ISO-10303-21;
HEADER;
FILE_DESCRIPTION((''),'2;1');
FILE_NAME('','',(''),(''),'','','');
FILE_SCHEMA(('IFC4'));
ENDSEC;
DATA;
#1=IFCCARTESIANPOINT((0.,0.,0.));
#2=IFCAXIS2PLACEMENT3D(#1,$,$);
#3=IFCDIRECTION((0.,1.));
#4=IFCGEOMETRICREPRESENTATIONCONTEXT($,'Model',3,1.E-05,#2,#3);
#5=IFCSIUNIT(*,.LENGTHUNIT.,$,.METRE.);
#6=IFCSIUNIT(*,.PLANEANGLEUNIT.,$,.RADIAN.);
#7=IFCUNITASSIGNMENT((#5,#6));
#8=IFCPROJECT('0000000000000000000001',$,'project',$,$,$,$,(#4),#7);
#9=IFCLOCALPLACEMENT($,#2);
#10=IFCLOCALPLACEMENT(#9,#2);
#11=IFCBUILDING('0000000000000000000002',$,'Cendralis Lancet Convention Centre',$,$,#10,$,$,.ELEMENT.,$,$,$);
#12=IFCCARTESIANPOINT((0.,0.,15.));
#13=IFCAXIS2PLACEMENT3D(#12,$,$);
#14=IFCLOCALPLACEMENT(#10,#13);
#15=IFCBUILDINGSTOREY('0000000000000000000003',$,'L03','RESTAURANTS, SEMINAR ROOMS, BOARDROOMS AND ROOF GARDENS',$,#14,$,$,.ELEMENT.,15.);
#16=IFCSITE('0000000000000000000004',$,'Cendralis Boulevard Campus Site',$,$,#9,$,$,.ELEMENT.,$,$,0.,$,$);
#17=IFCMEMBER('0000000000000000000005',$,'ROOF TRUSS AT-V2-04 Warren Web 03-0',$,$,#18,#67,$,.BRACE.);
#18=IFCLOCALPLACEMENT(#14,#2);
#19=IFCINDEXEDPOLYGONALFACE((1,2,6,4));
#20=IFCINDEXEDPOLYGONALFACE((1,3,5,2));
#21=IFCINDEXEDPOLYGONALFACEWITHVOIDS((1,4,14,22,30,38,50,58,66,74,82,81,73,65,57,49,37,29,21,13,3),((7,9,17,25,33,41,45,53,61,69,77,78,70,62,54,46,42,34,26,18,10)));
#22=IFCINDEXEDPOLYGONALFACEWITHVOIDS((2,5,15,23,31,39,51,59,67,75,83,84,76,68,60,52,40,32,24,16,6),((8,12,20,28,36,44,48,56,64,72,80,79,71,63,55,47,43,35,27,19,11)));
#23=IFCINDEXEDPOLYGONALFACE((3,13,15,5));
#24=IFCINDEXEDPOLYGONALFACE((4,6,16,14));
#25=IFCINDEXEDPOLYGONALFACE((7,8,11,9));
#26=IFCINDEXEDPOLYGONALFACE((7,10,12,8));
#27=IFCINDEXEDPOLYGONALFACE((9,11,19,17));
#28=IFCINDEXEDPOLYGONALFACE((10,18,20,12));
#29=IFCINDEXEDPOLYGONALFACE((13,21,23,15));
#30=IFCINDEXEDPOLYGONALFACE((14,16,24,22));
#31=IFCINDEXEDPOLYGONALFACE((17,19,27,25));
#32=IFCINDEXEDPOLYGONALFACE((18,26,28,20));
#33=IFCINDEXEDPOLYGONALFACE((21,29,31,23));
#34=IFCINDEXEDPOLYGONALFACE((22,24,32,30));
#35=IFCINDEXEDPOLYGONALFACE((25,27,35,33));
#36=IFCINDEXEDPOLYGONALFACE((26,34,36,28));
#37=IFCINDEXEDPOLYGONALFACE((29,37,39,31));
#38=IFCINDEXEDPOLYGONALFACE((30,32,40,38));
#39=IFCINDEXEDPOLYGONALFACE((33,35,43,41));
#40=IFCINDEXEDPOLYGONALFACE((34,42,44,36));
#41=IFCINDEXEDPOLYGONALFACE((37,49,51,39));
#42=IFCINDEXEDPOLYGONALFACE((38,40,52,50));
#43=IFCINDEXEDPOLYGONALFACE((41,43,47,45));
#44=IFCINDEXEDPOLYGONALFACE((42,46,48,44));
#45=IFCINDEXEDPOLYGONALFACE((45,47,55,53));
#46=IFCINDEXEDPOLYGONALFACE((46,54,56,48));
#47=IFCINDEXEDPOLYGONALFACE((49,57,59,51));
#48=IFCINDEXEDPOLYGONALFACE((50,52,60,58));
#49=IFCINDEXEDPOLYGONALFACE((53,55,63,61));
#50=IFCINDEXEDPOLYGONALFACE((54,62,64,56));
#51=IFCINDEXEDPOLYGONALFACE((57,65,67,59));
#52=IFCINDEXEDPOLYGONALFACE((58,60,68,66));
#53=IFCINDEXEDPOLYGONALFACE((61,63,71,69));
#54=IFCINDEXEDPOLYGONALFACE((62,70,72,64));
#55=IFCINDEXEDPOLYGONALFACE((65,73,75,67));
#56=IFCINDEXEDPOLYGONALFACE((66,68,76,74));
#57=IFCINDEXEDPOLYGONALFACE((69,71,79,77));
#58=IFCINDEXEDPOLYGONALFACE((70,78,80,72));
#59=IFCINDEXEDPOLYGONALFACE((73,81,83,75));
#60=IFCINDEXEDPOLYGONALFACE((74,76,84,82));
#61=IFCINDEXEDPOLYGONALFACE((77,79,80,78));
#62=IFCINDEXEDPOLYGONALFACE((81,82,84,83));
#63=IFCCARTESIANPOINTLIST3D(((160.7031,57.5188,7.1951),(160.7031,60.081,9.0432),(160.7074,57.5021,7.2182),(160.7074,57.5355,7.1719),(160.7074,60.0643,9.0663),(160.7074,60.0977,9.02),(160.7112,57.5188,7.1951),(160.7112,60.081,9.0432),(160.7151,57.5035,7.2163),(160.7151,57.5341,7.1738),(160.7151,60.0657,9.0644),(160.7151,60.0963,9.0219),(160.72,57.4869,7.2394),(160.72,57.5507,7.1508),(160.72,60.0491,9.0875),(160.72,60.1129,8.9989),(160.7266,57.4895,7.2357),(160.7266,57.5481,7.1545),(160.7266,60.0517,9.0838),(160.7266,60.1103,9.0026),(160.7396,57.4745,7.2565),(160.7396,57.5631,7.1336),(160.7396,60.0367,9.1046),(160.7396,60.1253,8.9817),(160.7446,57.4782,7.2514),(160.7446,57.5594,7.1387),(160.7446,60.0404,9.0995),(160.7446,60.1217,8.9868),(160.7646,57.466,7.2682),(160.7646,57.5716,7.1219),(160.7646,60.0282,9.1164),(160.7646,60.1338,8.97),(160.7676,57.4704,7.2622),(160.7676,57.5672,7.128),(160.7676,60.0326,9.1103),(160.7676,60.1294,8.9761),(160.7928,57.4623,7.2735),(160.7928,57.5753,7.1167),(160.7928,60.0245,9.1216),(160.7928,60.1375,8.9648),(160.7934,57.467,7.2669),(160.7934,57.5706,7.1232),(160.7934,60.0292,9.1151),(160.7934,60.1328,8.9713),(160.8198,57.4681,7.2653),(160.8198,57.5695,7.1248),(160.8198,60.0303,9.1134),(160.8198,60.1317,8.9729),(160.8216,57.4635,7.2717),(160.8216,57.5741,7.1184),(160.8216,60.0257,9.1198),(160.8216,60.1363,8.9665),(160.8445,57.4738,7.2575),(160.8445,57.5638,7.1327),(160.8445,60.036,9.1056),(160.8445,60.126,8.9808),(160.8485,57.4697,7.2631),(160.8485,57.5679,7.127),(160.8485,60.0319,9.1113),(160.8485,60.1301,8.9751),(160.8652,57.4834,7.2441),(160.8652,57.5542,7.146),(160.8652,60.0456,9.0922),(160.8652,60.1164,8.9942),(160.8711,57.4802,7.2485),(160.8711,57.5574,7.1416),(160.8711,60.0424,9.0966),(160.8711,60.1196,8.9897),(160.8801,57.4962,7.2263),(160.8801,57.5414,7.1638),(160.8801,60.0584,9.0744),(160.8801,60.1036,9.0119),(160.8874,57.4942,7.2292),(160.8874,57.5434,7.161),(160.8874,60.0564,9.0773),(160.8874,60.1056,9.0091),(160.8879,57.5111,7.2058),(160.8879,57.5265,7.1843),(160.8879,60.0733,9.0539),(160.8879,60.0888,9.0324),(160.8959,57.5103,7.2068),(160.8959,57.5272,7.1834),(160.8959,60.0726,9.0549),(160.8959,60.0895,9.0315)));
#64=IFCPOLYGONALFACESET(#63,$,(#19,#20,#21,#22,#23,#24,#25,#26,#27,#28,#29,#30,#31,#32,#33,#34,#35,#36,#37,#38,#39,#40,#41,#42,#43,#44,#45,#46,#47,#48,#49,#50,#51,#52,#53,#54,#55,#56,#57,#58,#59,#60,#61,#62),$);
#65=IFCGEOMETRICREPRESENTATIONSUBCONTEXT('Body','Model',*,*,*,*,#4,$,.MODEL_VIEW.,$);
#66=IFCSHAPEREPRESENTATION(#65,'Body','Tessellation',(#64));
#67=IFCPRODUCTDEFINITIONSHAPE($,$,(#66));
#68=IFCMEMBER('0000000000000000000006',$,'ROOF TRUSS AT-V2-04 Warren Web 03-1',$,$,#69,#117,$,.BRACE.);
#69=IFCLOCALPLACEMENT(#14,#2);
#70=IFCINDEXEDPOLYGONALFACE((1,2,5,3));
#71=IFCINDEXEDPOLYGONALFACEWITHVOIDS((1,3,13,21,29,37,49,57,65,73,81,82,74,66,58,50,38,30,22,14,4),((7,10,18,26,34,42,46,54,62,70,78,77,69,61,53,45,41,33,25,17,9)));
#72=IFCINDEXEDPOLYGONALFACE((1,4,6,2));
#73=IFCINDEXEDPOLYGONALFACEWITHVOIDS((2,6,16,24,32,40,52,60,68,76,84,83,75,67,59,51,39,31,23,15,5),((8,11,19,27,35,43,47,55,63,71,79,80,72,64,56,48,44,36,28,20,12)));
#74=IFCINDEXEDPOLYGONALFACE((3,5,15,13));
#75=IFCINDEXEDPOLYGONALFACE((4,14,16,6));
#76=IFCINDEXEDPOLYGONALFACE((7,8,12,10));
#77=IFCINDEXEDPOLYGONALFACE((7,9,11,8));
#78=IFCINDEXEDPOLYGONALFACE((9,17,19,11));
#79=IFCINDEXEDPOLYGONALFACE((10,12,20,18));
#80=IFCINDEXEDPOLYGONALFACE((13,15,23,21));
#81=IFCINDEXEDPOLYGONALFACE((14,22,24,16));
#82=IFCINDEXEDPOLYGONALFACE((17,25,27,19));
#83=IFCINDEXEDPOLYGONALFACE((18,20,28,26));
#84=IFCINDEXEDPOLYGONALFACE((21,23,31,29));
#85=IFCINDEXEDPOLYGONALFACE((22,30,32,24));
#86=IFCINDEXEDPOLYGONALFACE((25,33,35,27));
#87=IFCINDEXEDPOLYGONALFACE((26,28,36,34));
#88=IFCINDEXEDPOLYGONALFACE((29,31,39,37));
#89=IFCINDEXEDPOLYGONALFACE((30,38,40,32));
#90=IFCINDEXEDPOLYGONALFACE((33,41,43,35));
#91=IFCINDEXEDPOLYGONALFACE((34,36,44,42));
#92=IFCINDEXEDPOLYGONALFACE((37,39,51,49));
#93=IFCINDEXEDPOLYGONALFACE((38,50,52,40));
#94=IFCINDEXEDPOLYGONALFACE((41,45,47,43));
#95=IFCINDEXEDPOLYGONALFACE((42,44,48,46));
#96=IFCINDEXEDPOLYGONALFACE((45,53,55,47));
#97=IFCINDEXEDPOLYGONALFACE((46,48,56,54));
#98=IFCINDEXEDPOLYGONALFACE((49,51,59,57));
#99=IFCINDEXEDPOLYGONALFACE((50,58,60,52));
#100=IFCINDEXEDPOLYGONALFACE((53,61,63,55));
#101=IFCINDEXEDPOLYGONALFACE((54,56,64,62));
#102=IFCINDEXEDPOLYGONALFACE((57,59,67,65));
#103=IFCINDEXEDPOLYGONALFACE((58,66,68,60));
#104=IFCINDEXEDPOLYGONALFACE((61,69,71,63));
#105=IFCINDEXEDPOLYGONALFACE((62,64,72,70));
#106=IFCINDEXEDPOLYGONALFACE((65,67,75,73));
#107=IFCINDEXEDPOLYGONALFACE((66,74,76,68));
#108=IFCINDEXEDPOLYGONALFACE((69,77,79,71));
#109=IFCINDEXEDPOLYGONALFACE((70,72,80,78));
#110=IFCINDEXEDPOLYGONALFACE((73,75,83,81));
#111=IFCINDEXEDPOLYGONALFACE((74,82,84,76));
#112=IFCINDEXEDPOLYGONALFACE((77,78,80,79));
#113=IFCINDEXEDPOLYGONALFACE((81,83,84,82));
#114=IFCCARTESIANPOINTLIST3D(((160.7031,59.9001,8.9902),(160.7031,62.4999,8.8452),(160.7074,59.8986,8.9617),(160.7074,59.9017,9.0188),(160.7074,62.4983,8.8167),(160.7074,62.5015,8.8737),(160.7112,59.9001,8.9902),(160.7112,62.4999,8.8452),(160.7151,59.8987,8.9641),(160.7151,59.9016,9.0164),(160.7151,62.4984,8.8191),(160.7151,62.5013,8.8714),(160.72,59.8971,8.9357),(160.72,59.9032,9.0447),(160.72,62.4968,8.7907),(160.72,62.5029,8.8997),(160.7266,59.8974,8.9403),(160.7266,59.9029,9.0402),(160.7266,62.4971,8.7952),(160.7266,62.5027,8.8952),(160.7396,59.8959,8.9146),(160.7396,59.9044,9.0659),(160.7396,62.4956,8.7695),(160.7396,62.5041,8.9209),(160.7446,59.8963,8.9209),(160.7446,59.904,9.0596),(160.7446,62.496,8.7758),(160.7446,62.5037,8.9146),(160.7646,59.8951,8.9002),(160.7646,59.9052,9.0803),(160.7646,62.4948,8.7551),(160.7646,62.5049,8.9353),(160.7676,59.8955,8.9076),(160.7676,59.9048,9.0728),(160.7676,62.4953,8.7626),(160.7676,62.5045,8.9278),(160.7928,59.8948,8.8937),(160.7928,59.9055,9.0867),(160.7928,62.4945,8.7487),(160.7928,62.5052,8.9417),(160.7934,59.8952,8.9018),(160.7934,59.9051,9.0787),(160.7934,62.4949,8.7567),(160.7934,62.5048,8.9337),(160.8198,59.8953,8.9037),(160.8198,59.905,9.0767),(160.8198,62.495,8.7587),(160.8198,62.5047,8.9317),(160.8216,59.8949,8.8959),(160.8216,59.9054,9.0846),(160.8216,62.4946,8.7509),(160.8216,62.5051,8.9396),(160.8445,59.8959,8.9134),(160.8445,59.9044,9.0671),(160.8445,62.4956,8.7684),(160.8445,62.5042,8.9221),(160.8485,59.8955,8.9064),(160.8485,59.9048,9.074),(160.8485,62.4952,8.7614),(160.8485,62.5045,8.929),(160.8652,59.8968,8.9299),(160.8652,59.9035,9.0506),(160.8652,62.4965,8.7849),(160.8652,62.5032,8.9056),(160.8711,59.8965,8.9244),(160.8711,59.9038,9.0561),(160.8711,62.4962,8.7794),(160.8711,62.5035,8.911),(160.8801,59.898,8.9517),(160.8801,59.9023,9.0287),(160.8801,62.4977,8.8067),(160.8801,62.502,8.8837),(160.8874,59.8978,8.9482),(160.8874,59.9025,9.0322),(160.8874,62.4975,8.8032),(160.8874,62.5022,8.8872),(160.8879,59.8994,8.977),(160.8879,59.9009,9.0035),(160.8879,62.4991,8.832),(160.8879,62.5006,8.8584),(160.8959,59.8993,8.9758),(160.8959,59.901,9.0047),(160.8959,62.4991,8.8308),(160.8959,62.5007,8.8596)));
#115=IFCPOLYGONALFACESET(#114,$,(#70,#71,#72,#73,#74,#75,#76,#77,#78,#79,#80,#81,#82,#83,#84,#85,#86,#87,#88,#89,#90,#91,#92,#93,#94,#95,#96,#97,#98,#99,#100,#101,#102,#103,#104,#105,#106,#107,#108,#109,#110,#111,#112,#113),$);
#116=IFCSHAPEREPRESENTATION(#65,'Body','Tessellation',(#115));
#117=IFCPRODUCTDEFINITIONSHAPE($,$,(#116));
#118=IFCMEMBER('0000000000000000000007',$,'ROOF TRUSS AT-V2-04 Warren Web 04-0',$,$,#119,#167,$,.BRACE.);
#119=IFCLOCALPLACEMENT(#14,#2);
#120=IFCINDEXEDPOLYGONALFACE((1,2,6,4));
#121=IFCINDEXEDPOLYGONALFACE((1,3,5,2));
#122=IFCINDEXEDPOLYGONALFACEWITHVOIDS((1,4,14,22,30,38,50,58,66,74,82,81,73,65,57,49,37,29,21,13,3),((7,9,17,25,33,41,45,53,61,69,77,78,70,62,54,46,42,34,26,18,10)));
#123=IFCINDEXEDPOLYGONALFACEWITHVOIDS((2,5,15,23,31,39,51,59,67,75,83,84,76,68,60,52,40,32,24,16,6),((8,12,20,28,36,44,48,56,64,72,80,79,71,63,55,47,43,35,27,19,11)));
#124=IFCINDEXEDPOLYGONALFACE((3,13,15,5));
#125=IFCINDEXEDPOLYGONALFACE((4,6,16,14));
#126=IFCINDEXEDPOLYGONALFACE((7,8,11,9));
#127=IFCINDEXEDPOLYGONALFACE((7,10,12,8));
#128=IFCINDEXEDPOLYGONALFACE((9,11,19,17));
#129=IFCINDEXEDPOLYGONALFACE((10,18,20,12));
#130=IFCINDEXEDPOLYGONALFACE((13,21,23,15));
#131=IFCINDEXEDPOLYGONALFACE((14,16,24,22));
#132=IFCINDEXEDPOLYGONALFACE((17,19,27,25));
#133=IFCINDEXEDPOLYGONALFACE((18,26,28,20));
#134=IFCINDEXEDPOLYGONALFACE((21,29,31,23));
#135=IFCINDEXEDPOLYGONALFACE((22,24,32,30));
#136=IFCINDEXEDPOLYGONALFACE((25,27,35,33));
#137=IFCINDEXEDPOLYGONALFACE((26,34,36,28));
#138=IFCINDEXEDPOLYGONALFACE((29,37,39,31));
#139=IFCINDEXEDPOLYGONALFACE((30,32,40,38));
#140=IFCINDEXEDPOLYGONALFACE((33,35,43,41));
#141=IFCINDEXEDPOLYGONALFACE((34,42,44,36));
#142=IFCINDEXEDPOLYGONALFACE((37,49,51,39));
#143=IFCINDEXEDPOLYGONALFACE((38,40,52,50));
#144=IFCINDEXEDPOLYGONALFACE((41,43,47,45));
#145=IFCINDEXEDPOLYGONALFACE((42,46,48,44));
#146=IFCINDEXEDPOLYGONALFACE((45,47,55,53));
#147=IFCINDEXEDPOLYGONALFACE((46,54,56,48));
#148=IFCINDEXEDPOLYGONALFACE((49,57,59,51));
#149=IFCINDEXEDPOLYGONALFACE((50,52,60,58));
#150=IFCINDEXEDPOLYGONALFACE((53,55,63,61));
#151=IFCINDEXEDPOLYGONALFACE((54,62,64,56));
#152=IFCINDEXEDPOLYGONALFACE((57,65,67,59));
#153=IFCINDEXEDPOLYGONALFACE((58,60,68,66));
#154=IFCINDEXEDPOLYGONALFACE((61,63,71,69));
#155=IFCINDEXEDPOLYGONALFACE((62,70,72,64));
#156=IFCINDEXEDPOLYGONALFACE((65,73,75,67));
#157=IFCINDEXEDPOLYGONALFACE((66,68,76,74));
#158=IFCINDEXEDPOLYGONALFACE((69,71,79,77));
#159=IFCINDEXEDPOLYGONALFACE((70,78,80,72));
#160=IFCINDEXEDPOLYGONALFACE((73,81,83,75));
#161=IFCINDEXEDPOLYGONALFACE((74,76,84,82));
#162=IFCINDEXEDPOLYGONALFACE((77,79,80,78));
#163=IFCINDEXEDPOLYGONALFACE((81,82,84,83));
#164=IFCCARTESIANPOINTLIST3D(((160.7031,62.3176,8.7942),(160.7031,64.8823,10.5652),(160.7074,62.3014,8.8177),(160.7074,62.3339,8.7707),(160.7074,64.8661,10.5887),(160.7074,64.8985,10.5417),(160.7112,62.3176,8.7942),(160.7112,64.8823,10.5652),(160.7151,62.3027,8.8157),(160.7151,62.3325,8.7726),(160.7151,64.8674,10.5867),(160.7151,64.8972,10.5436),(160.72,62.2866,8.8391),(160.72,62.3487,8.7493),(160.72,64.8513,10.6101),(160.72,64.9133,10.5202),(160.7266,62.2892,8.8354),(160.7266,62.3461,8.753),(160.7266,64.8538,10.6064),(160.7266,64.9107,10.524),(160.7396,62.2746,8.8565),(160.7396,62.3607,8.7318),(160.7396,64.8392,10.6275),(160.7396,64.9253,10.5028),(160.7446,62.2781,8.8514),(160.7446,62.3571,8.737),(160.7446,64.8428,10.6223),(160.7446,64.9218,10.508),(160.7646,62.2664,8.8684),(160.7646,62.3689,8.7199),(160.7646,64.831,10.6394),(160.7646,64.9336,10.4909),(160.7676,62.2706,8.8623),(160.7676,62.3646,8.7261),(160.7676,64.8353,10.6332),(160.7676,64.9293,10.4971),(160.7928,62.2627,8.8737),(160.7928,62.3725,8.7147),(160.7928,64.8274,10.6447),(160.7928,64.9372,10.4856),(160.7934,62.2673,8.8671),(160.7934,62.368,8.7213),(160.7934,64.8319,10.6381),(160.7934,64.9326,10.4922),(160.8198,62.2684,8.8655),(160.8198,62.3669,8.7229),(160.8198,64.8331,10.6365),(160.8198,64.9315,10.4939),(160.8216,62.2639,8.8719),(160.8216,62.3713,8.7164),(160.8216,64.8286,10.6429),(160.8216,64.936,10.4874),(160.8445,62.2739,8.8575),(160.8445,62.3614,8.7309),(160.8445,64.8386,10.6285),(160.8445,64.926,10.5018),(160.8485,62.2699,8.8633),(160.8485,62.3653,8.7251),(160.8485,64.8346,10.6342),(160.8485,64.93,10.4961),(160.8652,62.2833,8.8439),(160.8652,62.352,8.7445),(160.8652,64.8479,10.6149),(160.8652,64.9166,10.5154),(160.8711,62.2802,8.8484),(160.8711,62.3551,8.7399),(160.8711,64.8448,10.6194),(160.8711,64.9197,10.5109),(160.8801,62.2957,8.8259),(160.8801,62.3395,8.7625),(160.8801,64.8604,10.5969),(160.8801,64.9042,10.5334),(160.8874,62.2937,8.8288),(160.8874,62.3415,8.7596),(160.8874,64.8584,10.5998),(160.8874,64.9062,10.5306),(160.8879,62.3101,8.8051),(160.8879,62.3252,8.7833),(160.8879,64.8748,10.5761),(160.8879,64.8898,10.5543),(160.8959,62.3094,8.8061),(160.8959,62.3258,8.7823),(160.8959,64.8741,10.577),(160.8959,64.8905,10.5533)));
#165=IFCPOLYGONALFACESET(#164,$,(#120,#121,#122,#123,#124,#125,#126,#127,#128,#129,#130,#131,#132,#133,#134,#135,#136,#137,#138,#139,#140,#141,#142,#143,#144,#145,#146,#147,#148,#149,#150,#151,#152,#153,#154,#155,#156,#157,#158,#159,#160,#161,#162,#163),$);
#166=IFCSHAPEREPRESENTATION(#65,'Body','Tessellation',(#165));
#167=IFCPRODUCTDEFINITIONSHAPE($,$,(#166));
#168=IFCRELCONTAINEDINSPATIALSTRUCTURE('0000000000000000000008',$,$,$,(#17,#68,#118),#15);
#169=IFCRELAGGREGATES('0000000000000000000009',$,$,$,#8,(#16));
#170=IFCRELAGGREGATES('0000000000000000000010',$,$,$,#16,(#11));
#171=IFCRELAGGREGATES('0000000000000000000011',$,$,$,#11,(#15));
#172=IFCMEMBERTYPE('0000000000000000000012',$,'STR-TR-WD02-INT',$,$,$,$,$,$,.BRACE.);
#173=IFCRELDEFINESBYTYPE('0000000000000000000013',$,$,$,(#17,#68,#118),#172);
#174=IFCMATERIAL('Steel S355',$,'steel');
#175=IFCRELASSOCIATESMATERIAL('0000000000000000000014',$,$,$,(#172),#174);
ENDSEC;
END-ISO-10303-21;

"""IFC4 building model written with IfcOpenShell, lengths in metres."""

from ifc_helpers import new_model, si_unit, direction, frame, origin, origin_2d, place, context, subcontext, project, spatial, hollow_circle, extrude, material, material_profile, profile_set, type_object, element, save


model = new_model("IFC4")

# Units and contexts
model_context = context("Model", 3, precision=1e-05, world=origin(), true_north=direction((0.0, 1.0)))
body_context = subcontext(model_context, "Body", "Model", "MODEL_VIEW")
ifc_project = project(units=[si_unit("LENGTHUNIT", "METRE"), si_unit("PLANEANGLEUNIT", "RADIAN")], contexts=[model_context])

# Site, building, storey
site_placement = place(None, origin())
site = spatial("IfcSite", under=ifc_project, at=site_placement, Name="Cendralis Boulevard Campus Site", CompositionType="ELEMENT", RefElevation=0.0)
building_placement = place(site_placement, origin())
building = spatial("IfcBuilding", under=site, at=building_placement, Name="Cendralis Lancet Convention Centre", CompositionType="ELEMENT")
storey_placement = place(building_placement, frame((0.0, 0.0, 15.0)))
storey = spatial("IfcBuildingStorey", under=building, at=storey_placement, Name="L03", Description="RESTAURANTS, SEMINAR ROOMS, BOARDROOMS AND ROOF GARDENS", CompositionType="ELEMENT", Elevation=15.0)

# Members
ifc_material = material(Name="Steel S355", Category="steel")
ifc_material_profile_1 = material_profile(ifc_material, hollow_circle(Radius=0.0969, WallThickness=0.0081, at=origin_2d()), Name="CHS 193.7x8.0")
ifc_profile_set_1 = profile_set([ifc_material_profile_1], Name="Steel S355")
member_type_1 = type_object("IfcMemberType", Name="STR-TR-WD02-INT", PredefinedType="BRACE", material=ifc_profile_set_1)
member_1_placement = place(storey_placement, frame((160.8, 57.5188, 7.1951), z_axis=(0.0, 0.811036, 0.584997), x_axis=(-1.0, 0.0, 0.0)))
element("IfcMember", 1, at=member_1_placement, inside=storey, type_object=member_type_1, Name="ROOF TRUSS AT-V2-04 Warren Web 03-0", PredefinedType="BRACE", context=body_context, shape_type="SweptSolid", body=[
    extrude(hollow_circle(Radius=0.0969, WallThickness=0.0081, at=origin_2d()), origin(), (0.0, 0.0, 1.0), 3.1592),
])
member_2_placement = place(storey_placement, frame((160.8, 59.9001, 8.9902), z_axis=(0.0, 0.998448, -0.055699), x_axis=(-1.0, 0.0, 0.0)))
element("IfcMember", 2, at=member_2_placement, inside=storey, type_object=member_type_1, Name="ROOF TRUSS AT-V2-04 Warren Web 03-1", PredefinedType="BRACE", context=body_context, shape_type="SweptSolid", body=[
    extrude(hollow_circle(Radius=0.0969, WallThickness=0.0081, at=origin_2d()), origin(), (0.0, 0.0, 1.0), 2.6038),
])
member_3_placement = place(storey_placement, frame((160.8, 62.3176, 8.7942), z_axis=(0.0, 0.822877, 0.56822), x_axis=(-1.0, 0.0, 0.0)))
element("IfcMember", 3, at=member_3_placement, inside=storey, type_object=member_type_1, Name="ROOF TRUSS AT-V2-04 Warren Web 04-0", PredefinedType="BRACE", context=body_context, shape_type="SweptSolid", body=[
    extrude(hollow_circle(Radius=0.0969, WallThickness=0.0081, at=origin_2d()), origin(), (0.0, 0.0, 1.0), 3.1167),
])

save(model, "model.ifc")
